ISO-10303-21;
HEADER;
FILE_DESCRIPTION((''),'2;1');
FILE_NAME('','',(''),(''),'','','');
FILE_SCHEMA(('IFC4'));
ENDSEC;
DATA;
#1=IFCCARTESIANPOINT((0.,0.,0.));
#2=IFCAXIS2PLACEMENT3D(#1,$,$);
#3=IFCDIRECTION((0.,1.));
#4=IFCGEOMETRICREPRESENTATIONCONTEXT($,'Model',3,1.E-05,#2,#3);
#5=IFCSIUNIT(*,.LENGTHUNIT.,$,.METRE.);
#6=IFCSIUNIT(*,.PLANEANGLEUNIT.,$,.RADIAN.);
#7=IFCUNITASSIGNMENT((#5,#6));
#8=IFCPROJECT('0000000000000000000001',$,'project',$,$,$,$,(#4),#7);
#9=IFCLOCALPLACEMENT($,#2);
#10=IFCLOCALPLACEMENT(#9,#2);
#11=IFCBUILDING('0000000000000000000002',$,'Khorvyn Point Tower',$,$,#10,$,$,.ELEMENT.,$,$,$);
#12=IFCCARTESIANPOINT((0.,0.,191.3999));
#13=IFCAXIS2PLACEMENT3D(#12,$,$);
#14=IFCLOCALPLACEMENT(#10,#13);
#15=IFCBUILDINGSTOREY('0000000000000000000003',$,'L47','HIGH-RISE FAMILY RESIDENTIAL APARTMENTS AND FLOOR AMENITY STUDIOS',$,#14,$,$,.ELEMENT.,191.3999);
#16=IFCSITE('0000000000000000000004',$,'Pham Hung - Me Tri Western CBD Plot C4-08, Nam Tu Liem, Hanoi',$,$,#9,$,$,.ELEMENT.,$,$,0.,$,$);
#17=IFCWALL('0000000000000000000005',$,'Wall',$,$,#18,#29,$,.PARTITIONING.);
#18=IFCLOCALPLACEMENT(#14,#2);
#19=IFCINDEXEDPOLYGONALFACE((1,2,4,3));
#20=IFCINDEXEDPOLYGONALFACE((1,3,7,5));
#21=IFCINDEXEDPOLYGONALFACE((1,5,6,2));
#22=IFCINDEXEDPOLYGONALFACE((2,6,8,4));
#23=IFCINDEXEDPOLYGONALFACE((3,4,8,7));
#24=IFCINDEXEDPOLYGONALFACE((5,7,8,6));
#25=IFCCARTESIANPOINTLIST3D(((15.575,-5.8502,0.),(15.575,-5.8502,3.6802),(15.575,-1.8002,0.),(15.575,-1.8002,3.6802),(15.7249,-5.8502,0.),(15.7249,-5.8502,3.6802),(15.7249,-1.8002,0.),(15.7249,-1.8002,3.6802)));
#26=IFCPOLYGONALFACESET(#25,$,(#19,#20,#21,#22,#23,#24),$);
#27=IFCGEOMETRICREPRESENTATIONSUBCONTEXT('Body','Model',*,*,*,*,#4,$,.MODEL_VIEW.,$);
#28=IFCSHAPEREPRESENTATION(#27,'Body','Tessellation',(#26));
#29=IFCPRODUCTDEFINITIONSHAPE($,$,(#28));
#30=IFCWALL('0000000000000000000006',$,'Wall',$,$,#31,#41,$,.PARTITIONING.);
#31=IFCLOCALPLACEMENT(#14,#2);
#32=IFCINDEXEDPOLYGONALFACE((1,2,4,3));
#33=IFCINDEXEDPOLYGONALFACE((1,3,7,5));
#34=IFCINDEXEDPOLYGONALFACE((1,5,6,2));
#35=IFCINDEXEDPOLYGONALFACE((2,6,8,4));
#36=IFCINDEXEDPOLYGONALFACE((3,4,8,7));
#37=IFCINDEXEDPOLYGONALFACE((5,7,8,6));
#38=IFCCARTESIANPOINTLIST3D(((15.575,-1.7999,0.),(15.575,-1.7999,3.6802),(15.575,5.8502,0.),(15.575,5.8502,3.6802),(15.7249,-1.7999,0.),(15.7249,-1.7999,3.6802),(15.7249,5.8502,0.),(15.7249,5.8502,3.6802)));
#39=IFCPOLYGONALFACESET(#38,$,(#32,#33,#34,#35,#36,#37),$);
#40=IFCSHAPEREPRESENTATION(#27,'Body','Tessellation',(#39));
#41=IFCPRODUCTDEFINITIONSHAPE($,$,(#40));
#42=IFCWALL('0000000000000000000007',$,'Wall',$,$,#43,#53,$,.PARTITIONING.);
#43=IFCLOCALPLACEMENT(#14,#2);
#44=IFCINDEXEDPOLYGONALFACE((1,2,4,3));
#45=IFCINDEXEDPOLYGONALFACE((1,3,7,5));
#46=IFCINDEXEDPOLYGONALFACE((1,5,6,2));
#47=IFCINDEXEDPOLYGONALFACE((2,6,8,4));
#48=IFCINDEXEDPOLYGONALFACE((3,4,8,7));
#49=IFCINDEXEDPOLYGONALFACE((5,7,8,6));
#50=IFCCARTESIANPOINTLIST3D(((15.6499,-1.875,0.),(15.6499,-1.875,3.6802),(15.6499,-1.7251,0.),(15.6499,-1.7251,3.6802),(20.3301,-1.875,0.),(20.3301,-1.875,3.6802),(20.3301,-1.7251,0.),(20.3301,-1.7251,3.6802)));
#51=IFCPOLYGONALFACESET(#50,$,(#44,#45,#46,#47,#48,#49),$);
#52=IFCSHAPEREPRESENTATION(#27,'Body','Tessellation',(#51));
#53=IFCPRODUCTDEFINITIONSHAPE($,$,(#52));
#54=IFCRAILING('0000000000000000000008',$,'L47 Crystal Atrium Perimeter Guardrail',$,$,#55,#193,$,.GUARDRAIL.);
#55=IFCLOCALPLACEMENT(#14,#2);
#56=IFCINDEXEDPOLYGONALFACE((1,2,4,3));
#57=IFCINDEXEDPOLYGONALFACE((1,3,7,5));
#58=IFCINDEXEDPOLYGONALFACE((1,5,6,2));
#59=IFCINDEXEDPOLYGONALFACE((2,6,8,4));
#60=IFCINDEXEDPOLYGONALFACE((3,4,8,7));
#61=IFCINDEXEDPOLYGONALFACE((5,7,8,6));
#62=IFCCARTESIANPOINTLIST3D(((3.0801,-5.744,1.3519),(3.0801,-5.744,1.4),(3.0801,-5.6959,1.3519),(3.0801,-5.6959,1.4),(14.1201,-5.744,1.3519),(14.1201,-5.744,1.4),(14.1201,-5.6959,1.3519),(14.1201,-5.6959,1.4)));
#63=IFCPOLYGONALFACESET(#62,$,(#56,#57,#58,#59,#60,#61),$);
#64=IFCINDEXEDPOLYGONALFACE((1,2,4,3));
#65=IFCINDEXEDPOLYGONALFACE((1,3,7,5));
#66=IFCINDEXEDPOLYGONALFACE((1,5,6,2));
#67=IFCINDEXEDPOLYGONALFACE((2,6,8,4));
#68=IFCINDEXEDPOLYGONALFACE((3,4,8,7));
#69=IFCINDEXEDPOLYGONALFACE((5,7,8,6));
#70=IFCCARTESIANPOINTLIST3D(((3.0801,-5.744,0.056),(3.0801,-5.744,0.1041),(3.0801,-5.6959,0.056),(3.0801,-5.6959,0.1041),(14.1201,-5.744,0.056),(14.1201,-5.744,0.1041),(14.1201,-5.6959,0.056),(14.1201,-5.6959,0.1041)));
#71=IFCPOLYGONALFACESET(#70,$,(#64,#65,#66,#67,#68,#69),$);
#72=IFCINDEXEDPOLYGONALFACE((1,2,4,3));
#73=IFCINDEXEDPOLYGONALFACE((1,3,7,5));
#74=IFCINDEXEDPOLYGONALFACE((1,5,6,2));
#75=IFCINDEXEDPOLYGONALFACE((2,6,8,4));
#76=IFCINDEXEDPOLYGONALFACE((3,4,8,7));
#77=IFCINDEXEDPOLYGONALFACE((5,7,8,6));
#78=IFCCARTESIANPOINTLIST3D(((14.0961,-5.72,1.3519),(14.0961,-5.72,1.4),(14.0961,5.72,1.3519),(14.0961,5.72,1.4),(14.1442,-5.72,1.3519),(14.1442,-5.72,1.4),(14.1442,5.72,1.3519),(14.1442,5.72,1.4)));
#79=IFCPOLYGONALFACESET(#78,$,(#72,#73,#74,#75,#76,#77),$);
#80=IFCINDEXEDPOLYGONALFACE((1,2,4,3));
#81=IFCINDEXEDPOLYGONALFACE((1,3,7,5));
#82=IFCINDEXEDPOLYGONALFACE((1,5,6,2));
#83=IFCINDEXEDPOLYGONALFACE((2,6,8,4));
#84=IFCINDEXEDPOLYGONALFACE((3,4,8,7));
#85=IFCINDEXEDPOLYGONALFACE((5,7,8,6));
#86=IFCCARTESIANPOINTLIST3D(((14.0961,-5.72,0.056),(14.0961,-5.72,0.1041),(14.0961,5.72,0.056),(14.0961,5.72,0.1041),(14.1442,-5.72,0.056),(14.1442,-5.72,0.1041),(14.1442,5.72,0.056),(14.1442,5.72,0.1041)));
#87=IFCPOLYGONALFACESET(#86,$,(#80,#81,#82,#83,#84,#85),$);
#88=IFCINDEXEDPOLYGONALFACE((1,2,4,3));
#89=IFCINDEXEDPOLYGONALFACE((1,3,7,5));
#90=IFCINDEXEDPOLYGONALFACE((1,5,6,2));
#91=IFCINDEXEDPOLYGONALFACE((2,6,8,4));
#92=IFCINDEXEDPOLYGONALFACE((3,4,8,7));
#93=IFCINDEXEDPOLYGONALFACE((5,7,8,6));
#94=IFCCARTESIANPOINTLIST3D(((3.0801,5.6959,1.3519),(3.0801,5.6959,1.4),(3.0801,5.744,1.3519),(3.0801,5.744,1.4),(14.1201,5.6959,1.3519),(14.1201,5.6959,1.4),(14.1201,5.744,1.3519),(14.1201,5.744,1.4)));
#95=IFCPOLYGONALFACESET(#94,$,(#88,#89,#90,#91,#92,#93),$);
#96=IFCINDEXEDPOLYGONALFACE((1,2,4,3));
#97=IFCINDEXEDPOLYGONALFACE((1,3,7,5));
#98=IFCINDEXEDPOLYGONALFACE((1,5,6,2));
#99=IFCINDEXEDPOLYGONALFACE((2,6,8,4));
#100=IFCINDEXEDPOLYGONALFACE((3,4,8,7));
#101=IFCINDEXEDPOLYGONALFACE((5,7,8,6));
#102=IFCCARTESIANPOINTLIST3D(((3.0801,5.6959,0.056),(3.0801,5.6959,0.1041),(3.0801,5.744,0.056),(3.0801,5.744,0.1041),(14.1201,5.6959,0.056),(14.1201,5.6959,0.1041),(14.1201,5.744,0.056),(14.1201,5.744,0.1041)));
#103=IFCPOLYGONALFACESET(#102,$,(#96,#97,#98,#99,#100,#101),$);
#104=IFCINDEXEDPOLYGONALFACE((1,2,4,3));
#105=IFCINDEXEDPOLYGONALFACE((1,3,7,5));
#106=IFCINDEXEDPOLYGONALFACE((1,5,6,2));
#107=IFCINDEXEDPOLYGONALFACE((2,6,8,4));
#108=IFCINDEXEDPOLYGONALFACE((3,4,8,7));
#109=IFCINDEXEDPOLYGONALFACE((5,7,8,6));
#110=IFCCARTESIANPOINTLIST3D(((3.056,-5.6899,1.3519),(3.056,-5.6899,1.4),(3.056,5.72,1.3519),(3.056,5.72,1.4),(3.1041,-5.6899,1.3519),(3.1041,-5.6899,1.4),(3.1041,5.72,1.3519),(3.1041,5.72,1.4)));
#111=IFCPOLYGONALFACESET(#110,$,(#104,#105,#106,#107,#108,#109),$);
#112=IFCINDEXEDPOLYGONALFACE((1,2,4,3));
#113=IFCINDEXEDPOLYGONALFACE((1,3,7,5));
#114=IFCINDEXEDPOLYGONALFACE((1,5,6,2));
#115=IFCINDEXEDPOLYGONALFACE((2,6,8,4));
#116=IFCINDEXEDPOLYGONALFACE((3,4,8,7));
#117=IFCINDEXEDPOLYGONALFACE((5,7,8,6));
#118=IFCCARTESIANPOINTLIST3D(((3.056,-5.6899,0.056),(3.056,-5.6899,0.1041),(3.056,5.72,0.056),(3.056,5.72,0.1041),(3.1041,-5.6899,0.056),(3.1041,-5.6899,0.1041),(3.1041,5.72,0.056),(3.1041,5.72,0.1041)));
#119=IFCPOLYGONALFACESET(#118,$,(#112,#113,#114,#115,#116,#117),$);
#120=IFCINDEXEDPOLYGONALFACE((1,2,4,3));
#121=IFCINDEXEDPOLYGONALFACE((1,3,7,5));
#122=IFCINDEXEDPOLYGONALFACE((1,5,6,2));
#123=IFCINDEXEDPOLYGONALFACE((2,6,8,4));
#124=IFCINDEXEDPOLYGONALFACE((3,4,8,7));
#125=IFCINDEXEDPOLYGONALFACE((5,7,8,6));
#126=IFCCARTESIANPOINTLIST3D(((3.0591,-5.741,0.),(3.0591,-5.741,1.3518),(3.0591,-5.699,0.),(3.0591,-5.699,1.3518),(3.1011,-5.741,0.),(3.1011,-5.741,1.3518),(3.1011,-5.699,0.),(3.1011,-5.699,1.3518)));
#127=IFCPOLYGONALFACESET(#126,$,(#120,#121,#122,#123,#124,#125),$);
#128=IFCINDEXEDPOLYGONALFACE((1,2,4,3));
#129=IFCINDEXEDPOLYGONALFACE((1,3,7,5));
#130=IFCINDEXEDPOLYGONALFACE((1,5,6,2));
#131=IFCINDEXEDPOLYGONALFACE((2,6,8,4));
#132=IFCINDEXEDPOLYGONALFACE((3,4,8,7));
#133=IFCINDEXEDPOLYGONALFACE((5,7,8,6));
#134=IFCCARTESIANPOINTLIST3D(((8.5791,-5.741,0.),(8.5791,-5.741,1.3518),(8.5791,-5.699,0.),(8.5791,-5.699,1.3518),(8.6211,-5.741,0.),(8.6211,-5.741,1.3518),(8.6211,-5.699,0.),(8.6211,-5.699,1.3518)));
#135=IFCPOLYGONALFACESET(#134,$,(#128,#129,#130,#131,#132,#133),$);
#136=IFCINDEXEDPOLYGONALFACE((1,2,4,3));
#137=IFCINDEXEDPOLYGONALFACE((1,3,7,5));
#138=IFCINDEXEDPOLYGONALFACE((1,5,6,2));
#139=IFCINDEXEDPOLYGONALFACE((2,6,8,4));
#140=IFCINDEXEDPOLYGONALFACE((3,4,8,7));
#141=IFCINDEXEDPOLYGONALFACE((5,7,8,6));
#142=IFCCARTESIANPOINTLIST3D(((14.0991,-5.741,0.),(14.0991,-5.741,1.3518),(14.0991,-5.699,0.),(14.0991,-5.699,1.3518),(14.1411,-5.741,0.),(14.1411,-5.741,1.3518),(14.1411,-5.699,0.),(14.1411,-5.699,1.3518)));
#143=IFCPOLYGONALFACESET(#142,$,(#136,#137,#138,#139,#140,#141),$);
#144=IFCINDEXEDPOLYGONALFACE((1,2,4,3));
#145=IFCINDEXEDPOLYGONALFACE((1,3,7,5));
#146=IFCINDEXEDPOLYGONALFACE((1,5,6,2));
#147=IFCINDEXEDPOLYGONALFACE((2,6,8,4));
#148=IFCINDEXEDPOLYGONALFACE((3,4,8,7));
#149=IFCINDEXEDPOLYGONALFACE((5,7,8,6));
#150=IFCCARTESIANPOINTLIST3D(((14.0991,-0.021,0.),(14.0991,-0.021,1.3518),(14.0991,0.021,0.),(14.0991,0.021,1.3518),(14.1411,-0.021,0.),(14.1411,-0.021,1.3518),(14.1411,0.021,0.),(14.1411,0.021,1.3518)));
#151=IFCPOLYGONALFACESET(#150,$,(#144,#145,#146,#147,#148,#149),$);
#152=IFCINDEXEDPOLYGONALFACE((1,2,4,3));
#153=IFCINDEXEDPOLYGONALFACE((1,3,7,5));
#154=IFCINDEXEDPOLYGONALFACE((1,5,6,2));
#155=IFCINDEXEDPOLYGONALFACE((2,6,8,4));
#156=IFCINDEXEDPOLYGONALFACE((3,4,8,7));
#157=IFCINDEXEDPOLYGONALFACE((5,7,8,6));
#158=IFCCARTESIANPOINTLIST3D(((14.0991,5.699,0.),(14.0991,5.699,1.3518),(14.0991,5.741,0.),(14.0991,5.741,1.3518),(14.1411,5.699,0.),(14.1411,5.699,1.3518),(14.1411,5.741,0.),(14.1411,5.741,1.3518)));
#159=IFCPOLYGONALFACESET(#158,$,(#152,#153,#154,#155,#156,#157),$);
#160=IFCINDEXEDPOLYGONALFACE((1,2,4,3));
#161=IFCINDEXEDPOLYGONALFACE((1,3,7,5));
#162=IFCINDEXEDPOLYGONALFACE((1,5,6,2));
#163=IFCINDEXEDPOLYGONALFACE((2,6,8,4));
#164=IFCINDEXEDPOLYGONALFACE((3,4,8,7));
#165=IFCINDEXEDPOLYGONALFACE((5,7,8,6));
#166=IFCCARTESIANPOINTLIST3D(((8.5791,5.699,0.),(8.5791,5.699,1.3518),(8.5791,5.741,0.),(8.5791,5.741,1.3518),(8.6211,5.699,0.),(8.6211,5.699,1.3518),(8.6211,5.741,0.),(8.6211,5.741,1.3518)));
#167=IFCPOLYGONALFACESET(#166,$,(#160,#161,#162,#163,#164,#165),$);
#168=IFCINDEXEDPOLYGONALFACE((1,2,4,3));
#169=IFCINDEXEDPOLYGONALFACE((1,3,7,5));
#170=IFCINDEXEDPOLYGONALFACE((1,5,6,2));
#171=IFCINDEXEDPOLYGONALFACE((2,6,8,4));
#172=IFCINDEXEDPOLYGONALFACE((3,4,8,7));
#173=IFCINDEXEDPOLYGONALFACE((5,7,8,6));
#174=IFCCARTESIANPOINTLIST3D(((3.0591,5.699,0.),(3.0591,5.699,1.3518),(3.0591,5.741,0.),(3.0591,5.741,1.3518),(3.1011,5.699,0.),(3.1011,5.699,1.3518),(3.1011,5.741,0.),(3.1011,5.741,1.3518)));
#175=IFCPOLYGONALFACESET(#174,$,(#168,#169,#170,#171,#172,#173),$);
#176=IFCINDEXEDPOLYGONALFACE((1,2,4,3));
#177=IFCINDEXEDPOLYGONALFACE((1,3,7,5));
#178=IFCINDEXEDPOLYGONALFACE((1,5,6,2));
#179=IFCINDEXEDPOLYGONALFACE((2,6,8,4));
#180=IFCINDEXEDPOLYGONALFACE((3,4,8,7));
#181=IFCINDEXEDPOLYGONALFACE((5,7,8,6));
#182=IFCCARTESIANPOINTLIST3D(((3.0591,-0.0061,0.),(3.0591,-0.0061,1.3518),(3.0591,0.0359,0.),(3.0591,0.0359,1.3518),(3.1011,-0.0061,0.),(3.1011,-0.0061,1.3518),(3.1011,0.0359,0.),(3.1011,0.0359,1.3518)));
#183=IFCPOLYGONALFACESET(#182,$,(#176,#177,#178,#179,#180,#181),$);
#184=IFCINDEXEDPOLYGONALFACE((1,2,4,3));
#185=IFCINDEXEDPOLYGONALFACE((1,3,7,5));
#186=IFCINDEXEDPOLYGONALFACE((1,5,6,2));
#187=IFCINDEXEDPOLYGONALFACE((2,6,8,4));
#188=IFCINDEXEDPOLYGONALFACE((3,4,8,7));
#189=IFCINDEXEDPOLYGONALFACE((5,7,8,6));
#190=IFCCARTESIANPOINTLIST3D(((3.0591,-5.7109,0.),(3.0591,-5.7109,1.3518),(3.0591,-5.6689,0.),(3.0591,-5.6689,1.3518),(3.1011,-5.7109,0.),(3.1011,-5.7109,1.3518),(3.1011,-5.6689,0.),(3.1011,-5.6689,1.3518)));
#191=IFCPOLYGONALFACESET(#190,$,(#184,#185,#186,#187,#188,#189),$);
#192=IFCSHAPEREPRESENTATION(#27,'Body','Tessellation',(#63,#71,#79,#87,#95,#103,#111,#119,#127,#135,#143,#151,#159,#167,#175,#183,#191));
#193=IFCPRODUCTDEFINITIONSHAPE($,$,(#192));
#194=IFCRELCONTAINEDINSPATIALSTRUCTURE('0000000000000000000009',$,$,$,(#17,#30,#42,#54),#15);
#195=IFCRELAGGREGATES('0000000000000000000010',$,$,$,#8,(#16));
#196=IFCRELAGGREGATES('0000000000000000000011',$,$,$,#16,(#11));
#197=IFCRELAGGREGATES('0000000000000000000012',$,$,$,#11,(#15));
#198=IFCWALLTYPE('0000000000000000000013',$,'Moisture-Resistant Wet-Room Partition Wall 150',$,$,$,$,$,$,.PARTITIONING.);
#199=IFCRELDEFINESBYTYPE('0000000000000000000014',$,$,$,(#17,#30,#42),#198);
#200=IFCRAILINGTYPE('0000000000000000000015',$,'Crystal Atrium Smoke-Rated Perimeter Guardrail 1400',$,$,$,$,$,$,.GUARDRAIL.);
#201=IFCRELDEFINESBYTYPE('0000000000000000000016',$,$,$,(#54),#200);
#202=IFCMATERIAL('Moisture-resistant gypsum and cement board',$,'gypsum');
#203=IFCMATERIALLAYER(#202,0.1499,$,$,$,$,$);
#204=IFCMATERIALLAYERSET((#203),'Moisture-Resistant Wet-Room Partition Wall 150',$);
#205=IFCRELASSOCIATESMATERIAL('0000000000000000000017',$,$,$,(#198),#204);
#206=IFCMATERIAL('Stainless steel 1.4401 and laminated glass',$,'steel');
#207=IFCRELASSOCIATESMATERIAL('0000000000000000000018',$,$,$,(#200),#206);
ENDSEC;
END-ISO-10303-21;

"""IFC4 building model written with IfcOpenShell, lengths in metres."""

from ifc_helpers import new_model, si_unit, direction, frame, frame_2d, origin, origin_2d, place, context, subcontext, project, spatial, rectangle, extrude, material, layer, layer_set, type_object, element, save


model = new_model("IFC4")

# Units and contexts
model_context = context("Model", 3, precision=1e-05, world=origin(), true_north=direction((0.0, 1.0)))
body_context = subcontext(model_context, "Body", "Model", "MODEL_VIEW")
ifc_project = project(units=[si_unit("LENGTHUNIT", "METRE"), si_unit("PLANEANGLEUNIT", "RADIAN")], contexts=[model_context])

# Site, building, storey
site_placement = place(None, origin())
site = spatial("IfcSite", under=ifc_project, at=site_placement, Name="Pham Hung - Me Tri Western CBD Plot C4-08, Nam Tu Liem, Hanoi", CompositionType="ELEMENT", RefElevation=0.0)
building_placement = place(site_placement, origin())
building = spatial("IfcBuilding", under=site, at=building_placement, Name="Khorvyn Point Tower", CompositionType="ELEMENT")
storey_placement = place(building_placement, frame((0.0, 0.0, 191.3999)))
storey = spatial("IfcBuildingStorey", under=building, at=storey_placement, Name="L47", Description="HIGH-RISE FAMILY RESIDENTIAL APARTMENTS AND FLOOR AMENITY STUDIOS", CompositionType="ELEMENT", Elevation=191.3999)

# Walls
ifc_material_1 = material(Name="Moisture-resistant gypsum and cement board", Category="gypsum")
ifc_layer_1 = layer(ifc_material_1, 0.1499)
ifc_layer_set_1 = layer_set([ifc_layer_1], Name="Moisture-Resistant Wet-Room Partition Wall 150")
wall_type_1 = type_object("IfcWallType", Name="Moisture-Resistant Wet-Room Partition Wall 150", PredefinedType="PARTITIONING", material=ifc_layer_set_1)
wall_1_placement = place(storey_placement, frame((15.6499, -5.8501, 0.0), z_axis=(0.0, 0.0, 1.0), x_axis=(0.0, 1.0, 0.0)))
element("IfcWall", 1, at=wall_1_placement, inside=storey, type_object=wall_type_1, Name="Wall", PredefinedType="PARTITIONING", context=body_context, shape_type="SweptSolid", body=[
    extrude(rectangle(XDim=4.05, YDim=0.1499, at=frame_2d((2.0249, 0.0))), origin(), (0.0, 0.0, 1.0), 3.6802),
])
wall_2_placement = place(storey_placement, frame((15.6499, -1.8, 0.0), z_axis=(0.0, 0.0, 1.0), x_axis=(0.0, 1.0, 0.0)))
element("IfcWall", 2, at=wall_2_placement, inside=storey, type_object=wall_type_1, Name="Wall", PredefinedType="PARTITIONING", context=body_context, shape_type="SweptSolid", body=[
    extrude(rectangle(XDim=7.6501, YDim=0.1499, at=frame_2d((3.8252, 0.0))), origin(), (0.0, 0.0, 1.0), 3.6802),
])
wall_3_placement = place(storey_placement, frame((15.6499, -1.8, 0.0), z_axis=(0.0, 0.0, 1.0), x_axis=(1.0, 0.0, 0.0)))
element("IfcWall", 3, at=wall_3_placement, inside=storey, type_object=wall_type_1, Name="Wall", PredefinedType="PARTITIONING", context=body_context, shape_type="SweptSolid", body=[
    extrude(rectangle(XDim=4.6802, YDim=0.1499, at=frame_2d((2.3401, 0.0))), origin(), (0.0, 0.0, 1.0), 3.6802),
])

# Railing
ifc_material_2 = material(Name="Stainless steel 1.4401 and laminated glass", Category="steel")
railing_type = type_object("IfcRailingType", Name="Crystal Atrium Smoke-Rated Perimeter Guardrail 1400", PredefinedType="GUARDRAIL", material=ifc_material_2)
railing_placement = place(storey_placement, frame((3.0801, -5.72, 0.0)))
element("IfcRailing", 4, at=railing_placement, inside=storey, type_object=railing_type, Name="L47 Crystal Atrium Perimeter Guardrail", PredefinedType="GUARDRAIL", context=body_context, shape_type="SweptSolid", body=[
    extrude(rectangle(XDim=0.0481, YDim=0.0481, at=origin_2d()), frame((0.0, 0.0, 1.376), z_axis=(1.0, 0.0, 0.0), x_axis=(0.0, 1.0, 0.0)), (0.0, 0.0, 1.0), 11.04),
    extrude(rectangle(XDim=0.0481, YDim=0.0481, at=origin_2d()), frame((0.0, 0.0, 0.0801), z_axis=(1.0, 0.0, 0.0), x_axis=(0.0, 1.0, 0.0)), (0.0, 0.0, 1.0), 11.04),
    extrude(rectangle(XDim=0.0481, YDim=0.0481, at=origin_2d()), frame((11.04, 0.0, 1.376), z_axis=(0.0, 1.0, 0.0), x_axis=(-1.0, 0.0, 0.0)), (0.0, 0.0, 1.0), 11.4399),
    extrude(rectangle(XDim=0.0481, YDim=0.0481, at=origin_2d()), frame((11.04, 0.0, 0.0801), z_axis=(0.0, 1.0, 0.0), x_axis=(-1.0, 0.0, 0.0)), (0.0, 0.0, 1.0), 11.4399),
    extrude(rectangle(XDim=0.0481, YDim=0.0481, at=origin_2d()), frame((11.04, 11.4399, 1.376), z_axis=(-1.0, 0.0, 0.0), x_axis=(0.0, -1.0, 0.0)), (0.0, 0.0, 1.0), 11.04),
    extrude(rectangle(XDim=0.0481, YDim=0.0481, at=origin_2d()), frame((11.04, 11.4399, 0.0801), z_axis=(-1.0, 0.0, 0.0), x_axis=(0.0, -1.0, 0.0)), (0.0, 0.0, 1.0), 11.04),
    extrude(rectangle(XDim=0.0481, YDim=0.0481, at=origin_2d()), frame((0.0, 11.4399, 1.376), z_axis=(0.0, -1.0, 0.0), x_axis=(1.0, 0.0, 0.0)), (0.0, 0.0, 1.0), 11.4099),
    extrude(rectangle(XDim=0.0481, YDim=0.0481, at=origin_2d()), frame((0.0, 11.4399, 0.0801), z_axis=(0.0, -1.0, 0.0), x_axis=(1.0, 0.0, 0.0)), (0.0, 0.0, 1.0), 11.4099),
    extrude(rectangle(XDim=0.042, YDim=0.042, at=origin_2d()), origin(), (0.0, 0.0, 1.0), 1.3518),
    extrude(rectangle(XDim=0.042, YDim=0.042, at=origin_2d()), frame((5.52, 0.0, 0.0)), (0.0, 0.0, 1.0), 1.3518),
    extrude(rectangle(XDim=0.042, YDim=0.042, at=origin_2d()), frame((11.04, 0.0, 0.0)), (0.0, 0.0, 1.0), 1.3518),
    extrude(rectangle(XDim=0.042, YDim=0.042, at=origin_2d()), frame((11.04, 5.72, 0.0)), (0.0, 0.0, 1.0), 1.3518),
    extrude(rectangle(XDim=0.042, YDim=0.042, at=origin_2d()), frame((11.04, 11.4399, 0.0)), (0.0, 0.0, 1.0), 1.3518),
    extrude(rectangle(XDim=0.042, YDim=0.042, at=origin_2d()), frame((5.52, 11.4399, 0.0)), (0.0, 0.0, 1.0), 1.3518),
    extrude(rectangle(XDim=0.042, YDim=0.042, at=origin_2d()), frame((0.0, 11.4399, 0.0)), (0.0, 0.0, 1.0), 1.3518),
    extrude(rectangle(XDim=0.042, YDim=0.042, at=origin_2d()), frame((0.0, 5.7349, 0.0)), (0.0, 0.0, 1.0), 1.3518),
    extrude(rectangle(XDim=0.042, YDim=0.042, at=origin_2d()), frame((0.0, 0.03, 0.0)), (0.0, 0.0, 1.0), 1.3518),
])

save(model, "model.ifc")
